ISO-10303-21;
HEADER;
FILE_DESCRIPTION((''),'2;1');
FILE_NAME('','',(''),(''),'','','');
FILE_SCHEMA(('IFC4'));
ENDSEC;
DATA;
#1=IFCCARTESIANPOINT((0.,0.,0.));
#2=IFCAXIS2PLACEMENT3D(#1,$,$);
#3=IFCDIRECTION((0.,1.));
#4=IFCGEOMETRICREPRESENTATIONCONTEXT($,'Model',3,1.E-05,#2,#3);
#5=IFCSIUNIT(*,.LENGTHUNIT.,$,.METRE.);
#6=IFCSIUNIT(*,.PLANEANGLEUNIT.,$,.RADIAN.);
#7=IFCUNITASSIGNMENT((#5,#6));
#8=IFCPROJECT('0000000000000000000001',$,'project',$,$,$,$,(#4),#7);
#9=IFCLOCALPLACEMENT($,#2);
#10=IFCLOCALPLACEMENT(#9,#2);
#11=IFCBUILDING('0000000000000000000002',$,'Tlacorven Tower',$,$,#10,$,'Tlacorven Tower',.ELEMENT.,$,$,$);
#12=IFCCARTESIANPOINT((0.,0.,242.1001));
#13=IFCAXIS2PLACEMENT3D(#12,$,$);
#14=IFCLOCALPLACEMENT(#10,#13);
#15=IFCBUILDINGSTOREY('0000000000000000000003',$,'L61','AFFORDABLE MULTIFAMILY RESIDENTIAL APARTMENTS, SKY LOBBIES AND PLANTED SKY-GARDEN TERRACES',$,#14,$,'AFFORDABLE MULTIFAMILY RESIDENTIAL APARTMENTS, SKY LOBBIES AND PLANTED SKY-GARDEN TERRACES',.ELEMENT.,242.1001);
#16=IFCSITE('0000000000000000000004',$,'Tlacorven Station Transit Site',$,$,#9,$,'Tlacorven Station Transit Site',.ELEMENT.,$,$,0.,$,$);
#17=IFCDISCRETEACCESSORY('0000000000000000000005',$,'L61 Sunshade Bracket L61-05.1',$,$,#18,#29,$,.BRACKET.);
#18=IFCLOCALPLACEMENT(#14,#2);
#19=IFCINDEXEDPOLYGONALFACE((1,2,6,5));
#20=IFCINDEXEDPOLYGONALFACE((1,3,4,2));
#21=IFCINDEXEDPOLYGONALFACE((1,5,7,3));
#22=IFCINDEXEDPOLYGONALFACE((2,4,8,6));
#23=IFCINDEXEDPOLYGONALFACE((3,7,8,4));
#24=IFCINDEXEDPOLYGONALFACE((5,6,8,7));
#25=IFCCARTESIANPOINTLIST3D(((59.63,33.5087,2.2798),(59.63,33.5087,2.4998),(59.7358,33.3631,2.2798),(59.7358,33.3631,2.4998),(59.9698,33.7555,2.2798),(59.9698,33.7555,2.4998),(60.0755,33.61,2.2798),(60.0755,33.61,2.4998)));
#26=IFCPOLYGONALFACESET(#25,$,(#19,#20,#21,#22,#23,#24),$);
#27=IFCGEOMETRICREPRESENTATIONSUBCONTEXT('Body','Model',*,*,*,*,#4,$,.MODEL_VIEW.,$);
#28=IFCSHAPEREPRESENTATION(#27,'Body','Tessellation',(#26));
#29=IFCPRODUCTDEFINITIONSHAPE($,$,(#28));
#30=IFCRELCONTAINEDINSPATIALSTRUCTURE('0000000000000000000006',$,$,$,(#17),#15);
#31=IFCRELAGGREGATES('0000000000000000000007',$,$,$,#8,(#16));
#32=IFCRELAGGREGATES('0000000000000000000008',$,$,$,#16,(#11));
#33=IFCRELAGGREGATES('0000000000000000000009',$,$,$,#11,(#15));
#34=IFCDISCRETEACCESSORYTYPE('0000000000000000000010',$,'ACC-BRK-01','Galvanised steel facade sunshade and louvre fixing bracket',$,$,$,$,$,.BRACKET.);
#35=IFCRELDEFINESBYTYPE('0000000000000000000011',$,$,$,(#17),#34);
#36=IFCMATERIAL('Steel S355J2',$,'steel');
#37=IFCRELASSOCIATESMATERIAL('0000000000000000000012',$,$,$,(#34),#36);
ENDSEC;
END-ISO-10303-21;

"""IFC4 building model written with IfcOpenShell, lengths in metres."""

from ifc_helpers import new_model, si_unit, direction, frame, origin, origin_2d, place, context, subcontext, project, spatial, rectangle, extrude, source, transform, mapped, material, type_object, element, save


model = new_model("IFC4")

# Units and contexts
model_context = context("Model", 3, precision=1e-05, world=origin(), true_north=direction((0.0, 1.0)))
body_context = subcontext(model_context, "Body", "Model", "MODEL_VIEW")
ifc_project = project(units=[si_unit("LENGTHUNIT", "METRE"), si_unit("PLANEANGLEUNIT", "RADIAN")], contexts=[model_context])

# Site, building, storey
site_placement = place(None, origin())
site = spatial("IfcSite", under=ifc_project, at=site_placement, Name="Tlacorven Station Transit Site", LongName="Tlacorven Station Transit Site", CompositionType="ELEMENT", RefElevation=0.0)
building_placement = place(site_placement, origin())
building = spatial("IfcBuilding", under=site, at=building_placement, Name="Tlacorven Tower", LongName="Tlacorven Tower", CompositionType="ELEMENT")
storey_placement = place(building_placement, frame((0.0, 0.0, 242.1001)))
storey = spatial("IfcBuildingStorey", under=building, at=storey_placement, Name="L61", Description="AFFORDABLE MULTIFAMILY RESIDENTIAL APARTMENTS, SKY LOBBIES AND PLANTED SKY-GARDEN TERRACES", LongName="AFFORDABLE MULTIFAMILY RESIDENTIAL APARTMENTS, SKY LOBBIES AND PLANTED SKY-GARDEN TERRACES", CompositionType="ELEMENT", Elevation=242.1001)

# Shared definitions
ifc_material_1 = material(Name="Steel S355J2", Category="steel")

# Discrete accessory
discrete_accessory_type = type_object("IfcDiscreteAccessoryType", Name="ACC-BRK-01", Description="Galvanised steel facade sunshade and louvre fixing bracket", PredefinedType="BRACKET", material=ifc_material_1)
shared_shape_1 = source(origin(), body_context, "Body", "SweptSolid", [
    extrude(rectangle(XDim=0.1799, YDim=0.4199, at=origin_2d()), origin(), (0.0, 0.0, 1.0), 0.22),
])
discrete_accessory_placement = place(storey_placement, frame((59.8528, 33.5593, 2.2798), z_axis=(0.0, 0.0, 1.0), x_axis=(0.587785, -0.809017, 0.0)))
element("IfcDiscreteAccessory", 1, at=discrete_accessory_placement, inside=storey, type_object=discrete_accessory_type, Name="L61 Sunshade Bracket L61-05.1", PredefinedType="BRACKET", context=body_context, shape_type="MappedRepresentation", body=[
    mapped(shared_shape_1, transform((0.0, 0.0, 0.0), scale=1.0)),
])

save(model, "model.ifc")
